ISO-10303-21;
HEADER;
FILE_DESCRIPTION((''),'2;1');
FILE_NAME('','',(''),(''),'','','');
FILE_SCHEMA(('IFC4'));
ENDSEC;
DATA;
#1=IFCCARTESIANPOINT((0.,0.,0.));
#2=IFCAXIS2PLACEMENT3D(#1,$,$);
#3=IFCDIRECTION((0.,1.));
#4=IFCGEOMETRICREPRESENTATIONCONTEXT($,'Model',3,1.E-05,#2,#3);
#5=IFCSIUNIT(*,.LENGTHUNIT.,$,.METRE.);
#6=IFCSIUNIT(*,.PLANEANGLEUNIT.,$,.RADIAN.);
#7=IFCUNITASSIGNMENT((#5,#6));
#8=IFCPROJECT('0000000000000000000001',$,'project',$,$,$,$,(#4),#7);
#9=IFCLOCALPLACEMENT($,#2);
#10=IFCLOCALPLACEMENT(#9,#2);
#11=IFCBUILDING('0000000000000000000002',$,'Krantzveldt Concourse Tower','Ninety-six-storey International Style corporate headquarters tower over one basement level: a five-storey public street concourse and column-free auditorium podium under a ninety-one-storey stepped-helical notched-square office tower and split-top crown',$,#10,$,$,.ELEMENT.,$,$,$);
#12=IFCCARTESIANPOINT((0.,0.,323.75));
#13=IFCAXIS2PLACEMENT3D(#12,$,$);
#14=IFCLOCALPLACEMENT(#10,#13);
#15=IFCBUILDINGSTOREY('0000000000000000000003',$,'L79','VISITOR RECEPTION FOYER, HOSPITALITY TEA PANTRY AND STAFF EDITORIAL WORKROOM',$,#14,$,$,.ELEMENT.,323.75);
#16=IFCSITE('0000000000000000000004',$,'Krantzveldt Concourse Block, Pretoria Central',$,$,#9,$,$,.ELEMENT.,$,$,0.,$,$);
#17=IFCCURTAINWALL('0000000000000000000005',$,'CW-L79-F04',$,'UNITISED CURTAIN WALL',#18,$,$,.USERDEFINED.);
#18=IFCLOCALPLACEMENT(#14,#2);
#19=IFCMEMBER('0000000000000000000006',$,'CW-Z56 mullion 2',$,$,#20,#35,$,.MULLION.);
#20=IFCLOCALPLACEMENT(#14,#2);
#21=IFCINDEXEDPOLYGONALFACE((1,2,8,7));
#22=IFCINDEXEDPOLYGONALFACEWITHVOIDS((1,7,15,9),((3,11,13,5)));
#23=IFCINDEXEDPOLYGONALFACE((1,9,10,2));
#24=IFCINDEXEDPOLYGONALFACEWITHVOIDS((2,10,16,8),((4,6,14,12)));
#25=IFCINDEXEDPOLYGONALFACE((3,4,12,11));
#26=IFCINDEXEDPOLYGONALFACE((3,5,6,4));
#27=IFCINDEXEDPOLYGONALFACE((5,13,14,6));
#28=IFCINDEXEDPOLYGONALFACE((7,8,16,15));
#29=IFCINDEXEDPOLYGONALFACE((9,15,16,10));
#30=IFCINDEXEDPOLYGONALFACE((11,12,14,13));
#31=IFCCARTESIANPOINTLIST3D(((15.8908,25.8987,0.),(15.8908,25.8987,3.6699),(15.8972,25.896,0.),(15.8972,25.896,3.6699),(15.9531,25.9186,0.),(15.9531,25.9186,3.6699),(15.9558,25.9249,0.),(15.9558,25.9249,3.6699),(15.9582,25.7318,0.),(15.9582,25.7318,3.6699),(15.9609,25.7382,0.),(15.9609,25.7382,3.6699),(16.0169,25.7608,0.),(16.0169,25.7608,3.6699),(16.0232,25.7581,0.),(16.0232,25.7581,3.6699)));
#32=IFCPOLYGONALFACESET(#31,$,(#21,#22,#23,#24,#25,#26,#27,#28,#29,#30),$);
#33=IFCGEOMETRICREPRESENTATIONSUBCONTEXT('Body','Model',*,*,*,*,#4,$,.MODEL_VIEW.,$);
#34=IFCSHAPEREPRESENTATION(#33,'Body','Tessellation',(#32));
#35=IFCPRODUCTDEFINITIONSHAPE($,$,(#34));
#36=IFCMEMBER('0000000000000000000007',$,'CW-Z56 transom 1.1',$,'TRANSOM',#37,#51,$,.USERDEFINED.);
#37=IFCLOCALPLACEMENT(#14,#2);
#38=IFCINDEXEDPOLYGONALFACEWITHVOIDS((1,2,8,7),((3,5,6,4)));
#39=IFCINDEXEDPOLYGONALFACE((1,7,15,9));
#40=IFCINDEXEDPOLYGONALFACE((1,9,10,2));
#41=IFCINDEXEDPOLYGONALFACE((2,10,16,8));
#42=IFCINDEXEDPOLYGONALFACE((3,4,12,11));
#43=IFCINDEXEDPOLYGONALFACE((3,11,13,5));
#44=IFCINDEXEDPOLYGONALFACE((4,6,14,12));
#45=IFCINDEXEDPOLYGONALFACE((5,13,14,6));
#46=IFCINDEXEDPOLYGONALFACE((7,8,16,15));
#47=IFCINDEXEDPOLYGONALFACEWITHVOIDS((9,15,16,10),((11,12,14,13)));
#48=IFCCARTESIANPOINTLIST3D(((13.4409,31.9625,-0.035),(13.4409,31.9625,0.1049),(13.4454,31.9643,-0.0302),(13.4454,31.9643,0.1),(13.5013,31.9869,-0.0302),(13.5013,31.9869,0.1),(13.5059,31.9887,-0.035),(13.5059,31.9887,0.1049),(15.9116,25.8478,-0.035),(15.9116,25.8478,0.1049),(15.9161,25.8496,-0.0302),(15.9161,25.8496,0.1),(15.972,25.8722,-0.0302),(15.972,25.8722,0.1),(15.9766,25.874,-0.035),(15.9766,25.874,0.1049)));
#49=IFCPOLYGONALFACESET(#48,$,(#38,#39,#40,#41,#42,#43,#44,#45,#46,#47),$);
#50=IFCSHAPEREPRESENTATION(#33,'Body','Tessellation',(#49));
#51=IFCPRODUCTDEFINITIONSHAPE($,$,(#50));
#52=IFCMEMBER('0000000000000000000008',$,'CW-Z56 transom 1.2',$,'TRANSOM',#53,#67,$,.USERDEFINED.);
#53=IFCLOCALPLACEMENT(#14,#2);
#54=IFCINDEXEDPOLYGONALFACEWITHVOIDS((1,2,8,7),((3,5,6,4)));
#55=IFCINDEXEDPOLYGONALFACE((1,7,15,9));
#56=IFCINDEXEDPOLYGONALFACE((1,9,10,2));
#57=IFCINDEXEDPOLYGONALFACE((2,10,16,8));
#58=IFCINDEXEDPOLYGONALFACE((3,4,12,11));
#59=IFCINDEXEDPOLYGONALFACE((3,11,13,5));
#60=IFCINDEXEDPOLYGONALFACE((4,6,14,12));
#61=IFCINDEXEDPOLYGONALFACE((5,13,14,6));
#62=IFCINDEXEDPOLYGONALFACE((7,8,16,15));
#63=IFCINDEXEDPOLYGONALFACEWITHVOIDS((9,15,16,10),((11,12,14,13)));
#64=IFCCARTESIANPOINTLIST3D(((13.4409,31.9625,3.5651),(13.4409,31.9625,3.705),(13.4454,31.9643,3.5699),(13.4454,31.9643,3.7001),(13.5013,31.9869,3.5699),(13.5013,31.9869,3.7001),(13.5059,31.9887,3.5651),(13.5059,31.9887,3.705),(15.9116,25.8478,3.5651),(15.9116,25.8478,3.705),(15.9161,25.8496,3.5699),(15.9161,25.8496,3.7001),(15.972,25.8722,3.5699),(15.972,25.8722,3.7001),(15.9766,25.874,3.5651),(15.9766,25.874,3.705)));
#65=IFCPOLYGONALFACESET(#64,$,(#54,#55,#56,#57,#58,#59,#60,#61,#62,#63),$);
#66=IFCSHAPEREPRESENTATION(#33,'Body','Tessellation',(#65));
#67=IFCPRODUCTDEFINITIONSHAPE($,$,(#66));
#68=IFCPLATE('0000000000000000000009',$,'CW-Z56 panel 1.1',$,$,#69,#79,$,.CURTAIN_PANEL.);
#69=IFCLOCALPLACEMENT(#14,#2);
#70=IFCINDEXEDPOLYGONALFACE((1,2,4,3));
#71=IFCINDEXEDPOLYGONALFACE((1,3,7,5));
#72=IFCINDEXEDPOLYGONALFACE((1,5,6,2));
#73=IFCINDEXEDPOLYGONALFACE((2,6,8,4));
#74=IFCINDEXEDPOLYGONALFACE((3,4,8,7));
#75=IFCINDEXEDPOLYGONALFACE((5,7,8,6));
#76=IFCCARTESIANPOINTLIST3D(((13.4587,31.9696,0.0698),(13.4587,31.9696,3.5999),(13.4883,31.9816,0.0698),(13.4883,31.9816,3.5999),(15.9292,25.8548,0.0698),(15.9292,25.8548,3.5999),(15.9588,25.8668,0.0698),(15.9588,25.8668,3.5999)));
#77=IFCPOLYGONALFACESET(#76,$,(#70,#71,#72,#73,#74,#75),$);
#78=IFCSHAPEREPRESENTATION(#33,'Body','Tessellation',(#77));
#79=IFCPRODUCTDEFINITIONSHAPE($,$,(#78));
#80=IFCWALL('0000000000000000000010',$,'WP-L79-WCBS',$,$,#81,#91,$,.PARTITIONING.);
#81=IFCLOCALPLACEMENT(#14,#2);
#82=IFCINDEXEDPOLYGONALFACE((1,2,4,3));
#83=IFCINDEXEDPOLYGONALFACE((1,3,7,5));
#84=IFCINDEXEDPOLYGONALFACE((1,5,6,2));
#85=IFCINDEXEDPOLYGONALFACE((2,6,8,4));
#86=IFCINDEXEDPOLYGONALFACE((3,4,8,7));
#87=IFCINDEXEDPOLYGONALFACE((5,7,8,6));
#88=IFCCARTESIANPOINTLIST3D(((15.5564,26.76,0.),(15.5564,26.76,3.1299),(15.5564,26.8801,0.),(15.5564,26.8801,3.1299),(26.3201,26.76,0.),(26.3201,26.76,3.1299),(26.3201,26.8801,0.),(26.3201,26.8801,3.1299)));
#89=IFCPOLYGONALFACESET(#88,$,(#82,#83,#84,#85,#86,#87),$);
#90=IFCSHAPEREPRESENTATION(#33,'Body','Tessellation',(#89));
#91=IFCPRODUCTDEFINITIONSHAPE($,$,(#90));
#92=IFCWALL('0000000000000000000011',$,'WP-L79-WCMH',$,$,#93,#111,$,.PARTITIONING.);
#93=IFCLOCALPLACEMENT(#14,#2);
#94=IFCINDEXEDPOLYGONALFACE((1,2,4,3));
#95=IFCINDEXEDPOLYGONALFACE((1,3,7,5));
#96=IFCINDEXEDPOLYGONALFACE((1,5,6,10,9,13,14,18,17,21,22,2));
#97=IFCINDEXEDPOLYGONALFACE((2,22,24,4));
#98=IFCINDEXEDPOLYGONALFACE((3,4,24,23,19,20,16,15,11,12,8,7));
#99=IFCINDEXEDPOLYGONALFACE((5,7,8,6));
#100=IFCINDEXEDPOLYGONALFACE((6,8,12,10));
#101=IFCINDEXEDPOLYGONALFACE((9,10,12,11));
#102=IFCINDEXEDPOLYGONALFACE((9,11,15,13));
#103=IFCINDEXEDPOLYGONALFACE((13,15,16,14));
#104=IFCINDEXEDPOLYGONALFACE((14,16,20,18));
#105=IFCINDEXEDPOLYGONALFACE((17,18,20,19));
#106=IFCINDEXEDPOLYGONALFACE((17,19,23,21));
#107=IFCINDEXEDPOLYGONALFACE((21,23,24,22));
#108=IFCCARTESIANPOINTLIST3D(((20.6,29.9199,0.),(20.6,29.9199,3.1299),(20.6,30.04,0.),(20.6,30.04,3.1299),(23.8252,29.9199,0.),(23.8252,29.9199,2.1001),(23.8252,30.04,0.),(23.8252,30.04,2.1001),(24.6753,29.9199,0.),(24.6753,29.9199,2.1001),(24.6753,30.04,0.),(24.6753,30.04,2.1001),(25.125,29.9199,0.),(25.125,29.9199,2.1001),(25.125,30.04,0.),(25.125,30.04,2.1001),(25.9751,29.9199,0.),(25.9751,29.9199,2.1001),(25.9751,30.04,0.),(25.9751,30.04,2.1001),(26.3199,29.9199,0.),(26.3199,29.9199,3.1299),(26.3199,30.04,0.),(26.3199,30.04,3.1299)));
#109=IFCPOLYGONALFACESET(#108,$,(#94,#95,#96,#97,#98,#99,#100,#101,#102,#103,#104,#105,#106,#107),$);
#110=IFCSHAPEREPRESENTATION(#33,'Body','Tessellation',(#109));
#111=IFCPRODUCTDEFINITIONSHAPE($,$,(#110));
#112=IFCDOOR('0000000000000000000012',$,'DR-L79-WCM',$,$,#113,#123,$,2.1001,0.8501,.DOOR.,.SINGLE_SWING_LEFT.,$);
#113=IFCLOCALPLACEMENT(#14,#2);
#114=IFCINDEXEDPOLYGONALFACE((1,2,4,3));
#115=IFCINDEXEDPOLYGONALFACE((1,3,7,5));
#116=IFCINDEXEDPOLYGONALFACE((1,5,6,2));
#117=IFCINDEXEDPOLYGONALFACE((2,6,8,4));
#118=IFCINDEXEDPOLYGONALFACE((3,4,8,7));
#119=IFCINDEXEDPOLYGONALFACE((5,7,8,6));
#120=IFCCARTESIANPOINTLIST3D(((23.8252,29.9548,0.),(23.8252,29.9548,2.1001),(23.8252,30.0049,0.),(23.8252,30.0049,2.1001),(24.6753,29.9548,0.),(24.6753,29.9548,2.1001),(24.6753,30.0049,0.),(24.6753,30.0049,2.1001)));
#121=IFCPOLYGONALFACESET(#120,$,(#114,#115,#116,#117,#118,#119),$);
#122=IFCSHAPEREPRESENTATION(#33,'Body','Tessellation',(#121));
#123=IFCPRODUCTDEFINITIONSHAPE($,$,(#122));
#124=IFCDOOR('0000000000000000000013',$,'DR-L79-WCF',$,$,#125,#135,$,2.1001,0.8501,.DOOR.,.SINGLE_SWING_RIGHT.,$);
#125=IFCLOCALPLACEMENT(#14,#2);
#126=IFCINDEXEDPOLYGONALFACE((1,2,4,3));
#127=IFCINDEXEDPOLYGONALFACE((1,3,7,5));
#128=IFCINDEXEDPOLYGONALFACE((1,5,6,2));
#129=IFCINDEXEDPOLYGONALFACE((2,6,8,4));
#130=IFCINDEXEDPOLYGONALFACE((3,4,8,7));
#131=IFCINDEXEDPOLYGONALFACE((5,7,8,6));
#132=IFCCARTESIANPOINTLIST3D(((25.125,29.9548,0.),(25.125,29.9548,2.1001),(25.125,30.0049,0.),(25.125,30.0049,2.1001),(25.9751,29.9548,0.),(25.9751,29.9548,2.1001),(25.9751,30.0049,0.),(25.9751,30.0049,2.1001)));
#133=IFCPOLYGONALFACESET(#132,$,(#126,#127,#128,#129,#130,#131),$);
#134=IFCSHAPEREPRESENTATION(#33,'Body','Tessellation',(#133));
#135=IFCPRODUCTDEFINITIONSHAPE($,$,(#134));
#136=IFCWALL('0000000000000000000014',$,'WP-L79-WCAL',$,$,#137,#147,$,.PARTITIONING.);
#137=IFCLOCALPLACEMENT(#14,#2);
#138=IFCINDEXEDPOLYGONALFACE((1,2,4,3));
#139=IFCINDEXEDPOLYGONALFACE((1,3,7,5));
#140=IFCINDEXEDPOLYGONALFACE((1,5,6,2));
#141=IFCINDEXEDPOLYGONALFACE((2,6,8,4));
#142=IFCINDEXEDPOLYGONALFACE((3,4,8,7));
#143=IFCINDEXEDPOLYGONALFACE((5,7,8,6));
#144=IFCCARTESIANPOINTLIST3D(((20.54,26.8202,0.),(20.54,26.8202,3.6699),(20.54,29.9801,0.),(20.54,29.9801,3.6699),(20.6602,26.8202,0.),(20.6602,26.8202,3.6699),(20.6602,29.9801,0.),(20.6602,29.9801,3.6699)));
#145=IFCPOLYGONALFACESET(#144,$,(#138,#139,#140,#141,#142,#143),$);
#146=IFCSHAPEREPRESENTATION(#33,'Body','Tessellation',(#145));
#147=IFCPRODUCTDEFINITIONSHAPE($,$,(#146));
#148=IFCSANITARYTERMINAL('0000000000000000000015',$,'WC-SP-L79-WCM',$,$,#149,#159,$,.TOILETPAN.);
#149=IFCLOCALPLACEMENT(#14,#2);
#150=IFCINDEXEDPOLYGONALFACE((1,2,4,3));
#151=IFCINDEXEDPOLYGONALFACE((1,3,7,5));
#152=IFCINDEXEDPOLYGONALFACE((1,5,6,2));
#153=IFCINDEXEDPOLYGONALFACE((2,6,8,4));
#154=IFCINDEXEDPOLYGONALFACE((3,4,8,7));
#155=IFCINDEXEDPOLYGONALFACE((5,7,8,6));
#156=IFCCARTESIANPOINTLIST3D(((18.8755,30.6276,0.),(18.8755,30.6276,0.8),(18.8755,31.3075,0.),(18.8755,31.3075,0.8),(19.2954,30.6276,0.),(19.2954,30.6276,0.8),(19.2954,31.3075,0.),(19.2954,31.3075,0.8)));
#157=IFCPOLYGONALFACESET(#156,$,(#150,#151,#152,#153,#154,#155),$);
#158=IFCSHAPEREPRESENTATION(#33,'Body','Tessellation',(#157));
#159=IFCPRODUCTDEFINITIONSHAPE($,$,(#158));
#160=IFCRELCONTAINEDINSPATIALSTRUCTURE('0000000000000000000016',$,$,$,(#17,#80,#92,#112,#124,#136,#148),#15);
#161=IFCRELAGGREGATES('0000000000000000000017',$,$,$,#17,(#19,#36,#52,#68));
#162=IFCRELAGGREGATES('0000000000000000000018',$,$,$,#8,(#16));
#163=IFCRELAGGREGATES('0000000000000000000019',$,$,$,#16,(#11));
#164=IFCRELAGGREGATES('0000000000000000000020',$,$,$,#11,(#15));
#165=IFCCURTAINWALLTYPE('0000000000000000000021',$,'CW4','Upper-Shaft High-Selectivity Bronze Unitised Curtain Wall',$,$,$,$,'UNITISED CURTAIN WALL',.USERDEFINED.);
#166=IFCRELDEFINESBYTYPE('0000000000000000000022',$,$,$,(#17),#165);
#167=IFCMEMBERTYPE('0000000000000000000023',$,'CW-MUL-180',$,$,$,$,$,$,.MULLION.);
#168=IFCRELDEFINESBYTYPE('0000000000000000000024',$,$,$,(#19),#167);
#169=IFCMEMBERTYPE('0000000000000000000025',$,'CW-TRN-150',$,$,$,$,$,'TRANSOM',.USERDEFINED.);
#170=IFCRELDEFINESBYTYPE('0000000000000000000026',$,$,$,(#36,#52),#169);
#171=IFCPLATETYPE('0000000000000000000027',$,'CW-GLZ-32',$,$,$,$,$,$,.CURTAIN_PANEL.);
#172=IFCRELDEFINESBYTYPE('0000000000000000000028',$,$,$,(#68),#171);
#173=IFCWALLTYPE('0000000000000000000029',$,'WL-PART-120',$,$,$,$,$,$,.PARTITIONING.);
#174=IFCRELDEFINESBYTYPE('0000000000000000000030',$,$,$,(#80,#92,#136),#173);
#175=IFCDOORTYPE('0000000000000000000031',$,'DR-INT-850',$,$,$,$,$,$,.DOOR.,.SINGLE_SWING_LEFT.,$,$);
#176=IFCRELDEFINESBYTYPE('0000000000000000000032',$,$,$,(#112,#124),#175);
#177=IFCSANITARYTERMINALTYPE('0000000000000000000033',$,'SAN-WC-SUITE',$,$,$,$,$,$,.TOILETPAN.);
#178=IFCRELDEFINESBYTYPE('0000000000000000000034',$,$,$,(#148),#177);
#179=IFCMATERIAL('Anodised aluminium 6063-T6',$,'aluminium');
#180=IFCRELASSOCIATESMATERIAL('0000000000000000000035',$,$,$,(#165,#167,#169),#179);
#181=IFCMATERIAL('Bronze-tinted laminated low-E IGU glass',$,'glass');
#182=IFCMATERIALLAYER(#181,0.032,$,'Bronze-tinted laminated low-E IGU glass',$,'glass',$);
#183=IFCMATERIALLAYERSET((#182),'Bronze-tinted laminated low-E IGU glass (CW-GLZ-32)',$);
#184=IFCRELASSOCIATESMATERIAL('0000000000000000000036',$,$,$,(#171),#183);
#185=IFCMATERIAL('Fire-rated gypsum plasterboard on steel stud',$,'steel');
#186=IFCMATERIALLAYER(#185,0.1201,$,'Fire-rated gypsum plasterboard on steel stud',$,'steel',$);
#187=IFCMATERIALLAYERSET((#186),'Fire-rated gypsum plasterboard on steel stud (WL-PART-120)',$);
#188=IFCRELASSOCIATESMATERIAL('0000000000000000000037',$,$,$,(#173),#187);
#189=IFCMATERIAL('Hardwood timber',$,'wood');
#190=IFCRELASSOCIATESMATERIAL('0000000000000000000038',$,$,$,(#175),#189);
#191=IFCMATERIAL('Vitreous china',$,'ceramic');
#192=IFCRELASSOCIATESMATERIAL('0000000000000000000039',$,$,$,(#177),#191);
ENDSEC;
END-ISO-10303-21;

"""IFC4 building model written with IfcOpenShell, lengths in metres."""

from ifc_helpers import new_model, si_unit, direction, frame, frame_2d, origin, origin_2d, place, context, subcontext, project, spatial, rectangle, hollow_rectangle, extrude, source, transform, mapped, material, layer, layer_set, material_profile, profile_set, type_object, type_shapes, element, fill, aggregate, save


model = new_model("IFC4")

# Units and contexts
model_context = context("Model", 3, precision=1e-05, world=origin(), true_north=direction((0.0, 1.0)))
body_context = subcontext(model_context, "Body", "Model", "MODEL_VIEW")
ifc_project = project(units=[si_unit("LENGTHUNIT", "METRE"), si_unit("PLANEANGLEUNIT", "RADIAN")], contexts=[model_context])

# Site, building, storey
site_placement = place(None, origin())
site = spatial("IfcSite", under=ifc_project, at=site_placement, Name="Krantzveldt Concourse Block, Pretoria Central", CompositionType="ELEMENT", RefElevation=0.0)
building_placement = place(site_placement, origin())
building = spatial("IfcBuilding", under=site, at=building_placement, Name="Krantzveldt Concourse Tower", Description="Ninety-six-storey International Style corporate headquarters tower over one basement level: a five-storey public street concourse and column-free auditorium podium under a ninety-one-storey stepped-helical notched-square office tower and split-top crown", CompositionType="ELEMENT")
storey_placement = place(building_placement, frame((0.0, 0.0, 323.75)))
storey = spatial("IfcBuildingStorey", under=building, at=storey_placement, Name="L79", Description="VISITOR RECEPTION FOYER, HOSPITALITY TEA PANTRY AND STAFF EDITORIAL WORKROOM", CompositionType="ELEMENT", Elevation=323.75)

# Curtain wall, members, plate
ifc_material_1 = material(Name="Anodised aluminium 6063-T6", Category="aluminium")
curtain_wall_type = type_object("IfcCurtainWallType", Name="CW4", Description="Upper-Shaft High-Selectivity Bronze Unitised Curtain Wall", ElementType="UNITISED CURTAIN WALL", PredefinedType="USERDEFINED", material=ifc_material_1)
curtain_wall_placement = place(storey_placement, origin())
curtain_wall = element("IfcCurtainWall", 1, at=curtain_wall_placement, inside=storey, type_object=curtain_wall_type, Name="CW-L79-F04", ObjectType="UNITISED CURTAIN WALL", PredefinedType="USERDEFINED")
ifc_material_profile_1 = material_profile(ifc_material_1, hollow_rectangle(XDim=0.0701, YDim=0.1799, WallThickness=0.0049, at=origin_2d()), Name="Anodised aluminium 6063-T6", Category="aluminium")
ifc_profile_set_1 = profile_set([ifc_material_profile_1], Name="Anodised aluminium 6063-T6 - ALU-MULL 180x70x5")
member_type_1 = type_object("IfcMemberType", Name="CW-MUL-180", PredefinedType="MULLION", material=ifc_profile_set_1)
shared_shape_1 = source(origin(), body_context, "Body", "SweptSolid", [
    extrude(hollow_rectangle(XDim=0.0701, YDim=0.1799, WallThickness=0.0049, at=origin_2d()), origin(), (0.0, 0.0, 1.0), 3.6699),
])
type_shapes(member_type_1, [shared_shape_1])
member_1_placement = place(storey_placement, frame((15.957, 25.8284, 0.0), z_axis=(0.0, 0.0, 1.0), x_axis=(0.927184, 0.374607, 0.0)))
member_1 = element("IfcMember", 2, at=member_1_placement, type_object=member_type_1, Name="CW-Z56 mullion 2", PredefinedType="MULLION", context=body_context, shape_type="MappedRepresentation", body=[
    mapped(shared_shape_1, transform((0.0, 0.0, 0.0), x_axis=(1.0, 0.0, 0.0), y_axis=(0.0, 1.0, 0.0), z_axis=(0.0, 0.0, 1.0), scale=1.0)),
])
ifc_material_profile_2 = material_profile(ifc_material_1, hollow_rectangle(XDim=0.0701, YDim=0.1399, WallThickness=0.0049, at=origin_2d()), Name="Anodised aluminium 6063-T6", Category="aluminium")
ifc_profile_set_2 = profile_set([ifc_material_profile_2], Name="Anodised aluminium 6063-T6 - ALU-TRAN 140x70x5")
member_type_2 = type_object("IfcMemberType", Name="CW-TRN-150", ElementType="TRANSOM", PredefinedType="USERDEFINED", material=ifc_profile_set_2)
shared_shape_2 = source(origin(), body_context, "Body", "SweptSolid", [
    extrude(hollow_rectangle(XDim=0.0701, YDim=0.1399, WallThickness=0.0049, at=origin_2d()), origin(), (0.0, 0.0, 1.0), 6.595),
])
type_shapes(member_type_2, [shared_shape_2])
member_2_placement = place(storey_placement, frame((13.4734, 31.9756, 0.0349), z_axis=(0.374631, -0.927174, 0.0), x_axis=(0.927174, 0.374631, 0.0)))
member_2 = element("IfcMember", 3, at=member_2_placement, type_object=member_type_2, Name="CW-Z56 transom 1.1", ObjectType="TRANSOM", PredefinedType="USERDEFINED", context=body_context, shape_type="MappedRepresentation", body=[
    mapped(shared_shape_2, transform((0.0, 0.0, 0.0), x_axis=(1.0, 0.0, 0.0), y_axis=(0.0, 1.0, 0.0), z_axis=(0.0, 0.0, 1.0), scale=1.0)),
])
member_3_placement = place(storey_placement, frame((13.4734, 31.9756, 3.635), z_axis=(0.374631, -0.927174, 0.0), x_axis=(0.927174, 0.374631, 0.0)))
member_3 = element("IfcMember", 4, at=member_3_placement, type_object=member_type_2, Name="CW-Z56 transom 1.2", ObjectType="TRANSOM", PredefinedType="USERDEFINED", context=body_context, shape_type="MappedRepresentation", body=[
    mapped(shared_shape_2, transform((0.0, 0.0, 0.0), x_axis=(1.0, 0.0, 0.0), y_axis=(0.0, 1.0, 0.0), z_axis=(0.0, 0.0, 1.0), scale=1.0)),
])
ifc_material_2 = material(Name="Bronze-tinted laminated low-E IGU glass", Category="glass")
ifc_layer_1 = layer(ifc_material_2, 0.032, Name="Bronze-tinted laminated low-E IGU glass", Category="glass")
ifc_layer_set_1 = layer_set([ifc_layer_1], Name="Bronze-tinted laminated low-E IGU glass (CW-GLZ-32)")
plate_type = type_object("IfcPlateType", Name="CW-GLZ-32", PredefinedType="CURTAIN_PANEL", material=ifc_layer_set_1)
shared_shape_3 = source(origin(), body_context, "Body", "SweptSolid", [
    extrude(rectangle(XDim=6.595, YDim=0.032, at=origin_2d()), origin(), (0.0, 0.0, 1.0), 3.53),
])
type_shapes(plate_type, [shared_shape_3])
plate_placement = place(storey_placement, frame((14.7087, 28.9182, 0.0698), z_axis=(0.0, 0.0, 1.0), x_axis=(0.374607, -0.927184, 0.0)))
plate = element("IfcPlate", 5, at=plate_placement, type_object=plate_type, Name="CW-Z56 panel 1.1", PredefinedType="CURTAIN_PANEL", context=body_context, shape_type="MappedRepresentation", body=[
    mapped(shared_shape_3, transform((0.0, 0.0, 0.0), x_axis=(1.0, 0.0, 0.0), y_axis=(0.0, 1.0, 0.0), z_axis=(0.0, 0.0, 1.0), scale=1.0)),
])
aggregate(curtain_wall, [member_1, member_2, member_3, plate])

# Wall
ifc_material_3 = material(Name="Fire-rated gypsum plasterboard on steel stud", Category="steel")
ifc_layer_2 = layer(ifc_material_3, 0.1201, Name="Fire-rated gypsum plasterboard on steel stud", Category="steel")
ifc_layer_set_2 = layer_set([ifc_layer_2], Name="Fire-rated gypsum plasterboard on steel stud (WL-PART-120)")
wall_type = type_object("IfcWallType", Name="WL-PART-120", PredefinedType="PARTITIONING", material=ifc_layer_set_2)
wall_1_placement = place(storey_placement, frame((15.5564, 26.8201, 0.0), z_axis=(0.0, 0.0, 1.0), x_axis=(1.0, 0.0, 0.0)))
element("IfcWall", 6, at=wall_1_placement, inside=storey, type_object=wall_type, Name="WP-L79-WCBS", PredefinedType="PARTITIONING", context=body_context, shape_type="SweptSolid", body=[
    extrude(rectangle(XDim=10.7637, YDim=0.1201, at=frame_2d((5.3818, 0.0))), origin(), (0.0, 0.0, 1.0), 3.1299),
])

# Wall, openings, doors
wall_2_placement = place(storey_placement, frame((20.6001, 29.98, 0.0), z_axis=(0.0, 0.0, 1.0), x_axis=(1.0, 0.0, 0.0)))
wall_2 = element("IfcWall", 7, at=wall_2_placement, inside=storey, type_object=wall_type, Name="WP-L79-WCMH", PredefinedType="PARTITIONING", context=body_context, shape_type="SweptSolid", body=[
    extrude(rectangle(XDim=5.72, YDim=0.1201, at=frame_2d((2.8599, 0.0))), origin(), (0.0, 0.0, 1.0), 3.1299),
])
opening_1_placement = place(wall_2_placement, frame((3.2251, 0.0, 0.0)))
opening_1 = element("IfcOpeningElement", 8, at=opening_1_placement, cuts=wall_2, PredefinedType="OPENING", context=body_context, shape_type="SweptSolid", body=[
    extrude(rectangle(XDim=0.8501, YDim=2.1001, at=frame_2d((0.425, 1.05))), frame((0.0, 0.0701, 0.0), z_axis=(0.0, -1.0, 0.0), x_axis=(1.0, 0.0, 0.0)), (0.0, 0.0, 1.0), 0.1401),
])
opening_2_placement = place(wall_2_placement, frame((4.5249, 0.0, 0.0)))
opening_2 = element("IfcOpeningElement", 9, at=opening_2_placement, cuts=wall_2, PredefinedType="OPENING", context=body_context, shape_type="SweptSolid", body=[
    extrude(rectangle(XDim=0.8501, YDim=2.1001, at=frame_2d((0.425, 1.05))), frame((0.0, 0.0701, 0.0), z_axis=(0.0, -1.0, 0.0), x_axis=(1.0, 0.0, 0.0)), (0.0, 0.0, 1.0), 0.1401),
])
ifc_material_4 = material(Name="Hardwood timber", Category="wood")
door_type = type_object("IfcDoorType", Name="DR-INT-850", OperationType="SINGLE_SWING_LEFT", PredefinedType="DOOR", material=ifc_material_4)
door_1_placement = place(opening_1_placement, origin())
door_1 = element("IfcDoor", 10, at=door_1_placement, inside=storey, type_object=door_type, Name="DR-L79-WCM", OperationType="SINGLE_SWING_LEFT", OverallHeight=2.1001, OverallWidth=0.8501, PredefinedType="DOOR", context=body_context, shape_type="SweptSolid", body=[
    extrude(rectangle(XDim=0.8501, YDim=2.1001, at=frame_2d((0.425, 1.05))), frame((0.0, 0.0249, 0.0), z_axis=(0.0, -1.0, 0.0), x_axis=(1.0, 0.0, 0.0)), (0.0, 0.0, 1.0), 0.05),
])
fill(opening_1, door_1)
door_2_placement = place(opening_2_placement, origin())
door_2 = element("IfcDoor", 11, at=door_2_placement, inside=storey, type_object=door_type, Name="DR-L79-WCF", OperationType="SINGLE_SWING_RIGHT", OverallHeight=2.1001, OverallWidth=0.8501, PredefinedType="DOOR", context=body_context, shape_type="SweptSolid", body=[
    extrude(rectangle(XDim=0.8501, YDim=2.1001, at=frame_2d((0.425, 1.05))), frame((0.0, 0.0249, 0.0), z_axis=(0.0, -1.0, 0.0), x_axis=(1.0, 0.0, 0.0)), (0.0, 0.0, 1.0), 0.05),
])
fill(opening_2, door_2)

# Wall
wall_3_placement = place(storey_placement, frame((20.6001, 26.8201, 0.0), z_axis=(0.0, 0.0, 1.0), x_axis=(0.0, 1.0, 0.0)))
element("IfcWall", 12, at=wall_3_placement, inside=storey, type_object=wall_type, Name="WP-L79-WCAL", PredefinedType="PARTITIONING", context=body_context, shape_type="SweptSolid", body=[
    extrude(rectangle(XDim=3.1599, YDim=0.1201, at=frame_2d((1.5801, 0.0))), origin(), (0.0, 0.0, 1.0), 3.6699),
])

# Sanitary terminal
ifc_material_5 = material(Name="Vitreous china", Category="ceramic")
sanitary_terminal_type_1 = type_object("IfcSanitaryTerminalType", Name="SAN-WC-SUITE", PredefinedType="TOILETPAN", material=ifc_material_5)
shared_shape_4 = source(origin(), body_context, "Body", "SweptSolid", [
    extrude(rectangle(XDim=0.4199, YDim=0.6799, at=origin_2d()), origin(), (0.0, 0.0, 1.0), 0.8),
])
type_shapes(sanitary_terminal_type_1, [shared_shape_4])
sanitary_terminal_1_placement = place(storey_placement, frame((19.0854, 30.9675, 0.0), z_axis=(0.0, 0.0, 1.0), x_axis=(1.0, 0.0, 0.0)))
element("IfcSanitaryTerminal", 13, at=sanitary_terminal_1_placement, inside=storey, type_object=sanitary_terminal_type_1, Name="WC-SP-L79-WCM", PredefinedType="TOILETPAN", context=body_context, shape_type="MappedRepresentation", body=[
    mapped(shared_shape_4, transform((0.0, 0.0, 0.0), x_axis=(1.0, 0.0, 0.0), y_axis=(0.0, 1.0, 0.0), z_axis=(0.0, 0.0, 1.0), scale=1.0)),
])

save(model, "model.ifc")
